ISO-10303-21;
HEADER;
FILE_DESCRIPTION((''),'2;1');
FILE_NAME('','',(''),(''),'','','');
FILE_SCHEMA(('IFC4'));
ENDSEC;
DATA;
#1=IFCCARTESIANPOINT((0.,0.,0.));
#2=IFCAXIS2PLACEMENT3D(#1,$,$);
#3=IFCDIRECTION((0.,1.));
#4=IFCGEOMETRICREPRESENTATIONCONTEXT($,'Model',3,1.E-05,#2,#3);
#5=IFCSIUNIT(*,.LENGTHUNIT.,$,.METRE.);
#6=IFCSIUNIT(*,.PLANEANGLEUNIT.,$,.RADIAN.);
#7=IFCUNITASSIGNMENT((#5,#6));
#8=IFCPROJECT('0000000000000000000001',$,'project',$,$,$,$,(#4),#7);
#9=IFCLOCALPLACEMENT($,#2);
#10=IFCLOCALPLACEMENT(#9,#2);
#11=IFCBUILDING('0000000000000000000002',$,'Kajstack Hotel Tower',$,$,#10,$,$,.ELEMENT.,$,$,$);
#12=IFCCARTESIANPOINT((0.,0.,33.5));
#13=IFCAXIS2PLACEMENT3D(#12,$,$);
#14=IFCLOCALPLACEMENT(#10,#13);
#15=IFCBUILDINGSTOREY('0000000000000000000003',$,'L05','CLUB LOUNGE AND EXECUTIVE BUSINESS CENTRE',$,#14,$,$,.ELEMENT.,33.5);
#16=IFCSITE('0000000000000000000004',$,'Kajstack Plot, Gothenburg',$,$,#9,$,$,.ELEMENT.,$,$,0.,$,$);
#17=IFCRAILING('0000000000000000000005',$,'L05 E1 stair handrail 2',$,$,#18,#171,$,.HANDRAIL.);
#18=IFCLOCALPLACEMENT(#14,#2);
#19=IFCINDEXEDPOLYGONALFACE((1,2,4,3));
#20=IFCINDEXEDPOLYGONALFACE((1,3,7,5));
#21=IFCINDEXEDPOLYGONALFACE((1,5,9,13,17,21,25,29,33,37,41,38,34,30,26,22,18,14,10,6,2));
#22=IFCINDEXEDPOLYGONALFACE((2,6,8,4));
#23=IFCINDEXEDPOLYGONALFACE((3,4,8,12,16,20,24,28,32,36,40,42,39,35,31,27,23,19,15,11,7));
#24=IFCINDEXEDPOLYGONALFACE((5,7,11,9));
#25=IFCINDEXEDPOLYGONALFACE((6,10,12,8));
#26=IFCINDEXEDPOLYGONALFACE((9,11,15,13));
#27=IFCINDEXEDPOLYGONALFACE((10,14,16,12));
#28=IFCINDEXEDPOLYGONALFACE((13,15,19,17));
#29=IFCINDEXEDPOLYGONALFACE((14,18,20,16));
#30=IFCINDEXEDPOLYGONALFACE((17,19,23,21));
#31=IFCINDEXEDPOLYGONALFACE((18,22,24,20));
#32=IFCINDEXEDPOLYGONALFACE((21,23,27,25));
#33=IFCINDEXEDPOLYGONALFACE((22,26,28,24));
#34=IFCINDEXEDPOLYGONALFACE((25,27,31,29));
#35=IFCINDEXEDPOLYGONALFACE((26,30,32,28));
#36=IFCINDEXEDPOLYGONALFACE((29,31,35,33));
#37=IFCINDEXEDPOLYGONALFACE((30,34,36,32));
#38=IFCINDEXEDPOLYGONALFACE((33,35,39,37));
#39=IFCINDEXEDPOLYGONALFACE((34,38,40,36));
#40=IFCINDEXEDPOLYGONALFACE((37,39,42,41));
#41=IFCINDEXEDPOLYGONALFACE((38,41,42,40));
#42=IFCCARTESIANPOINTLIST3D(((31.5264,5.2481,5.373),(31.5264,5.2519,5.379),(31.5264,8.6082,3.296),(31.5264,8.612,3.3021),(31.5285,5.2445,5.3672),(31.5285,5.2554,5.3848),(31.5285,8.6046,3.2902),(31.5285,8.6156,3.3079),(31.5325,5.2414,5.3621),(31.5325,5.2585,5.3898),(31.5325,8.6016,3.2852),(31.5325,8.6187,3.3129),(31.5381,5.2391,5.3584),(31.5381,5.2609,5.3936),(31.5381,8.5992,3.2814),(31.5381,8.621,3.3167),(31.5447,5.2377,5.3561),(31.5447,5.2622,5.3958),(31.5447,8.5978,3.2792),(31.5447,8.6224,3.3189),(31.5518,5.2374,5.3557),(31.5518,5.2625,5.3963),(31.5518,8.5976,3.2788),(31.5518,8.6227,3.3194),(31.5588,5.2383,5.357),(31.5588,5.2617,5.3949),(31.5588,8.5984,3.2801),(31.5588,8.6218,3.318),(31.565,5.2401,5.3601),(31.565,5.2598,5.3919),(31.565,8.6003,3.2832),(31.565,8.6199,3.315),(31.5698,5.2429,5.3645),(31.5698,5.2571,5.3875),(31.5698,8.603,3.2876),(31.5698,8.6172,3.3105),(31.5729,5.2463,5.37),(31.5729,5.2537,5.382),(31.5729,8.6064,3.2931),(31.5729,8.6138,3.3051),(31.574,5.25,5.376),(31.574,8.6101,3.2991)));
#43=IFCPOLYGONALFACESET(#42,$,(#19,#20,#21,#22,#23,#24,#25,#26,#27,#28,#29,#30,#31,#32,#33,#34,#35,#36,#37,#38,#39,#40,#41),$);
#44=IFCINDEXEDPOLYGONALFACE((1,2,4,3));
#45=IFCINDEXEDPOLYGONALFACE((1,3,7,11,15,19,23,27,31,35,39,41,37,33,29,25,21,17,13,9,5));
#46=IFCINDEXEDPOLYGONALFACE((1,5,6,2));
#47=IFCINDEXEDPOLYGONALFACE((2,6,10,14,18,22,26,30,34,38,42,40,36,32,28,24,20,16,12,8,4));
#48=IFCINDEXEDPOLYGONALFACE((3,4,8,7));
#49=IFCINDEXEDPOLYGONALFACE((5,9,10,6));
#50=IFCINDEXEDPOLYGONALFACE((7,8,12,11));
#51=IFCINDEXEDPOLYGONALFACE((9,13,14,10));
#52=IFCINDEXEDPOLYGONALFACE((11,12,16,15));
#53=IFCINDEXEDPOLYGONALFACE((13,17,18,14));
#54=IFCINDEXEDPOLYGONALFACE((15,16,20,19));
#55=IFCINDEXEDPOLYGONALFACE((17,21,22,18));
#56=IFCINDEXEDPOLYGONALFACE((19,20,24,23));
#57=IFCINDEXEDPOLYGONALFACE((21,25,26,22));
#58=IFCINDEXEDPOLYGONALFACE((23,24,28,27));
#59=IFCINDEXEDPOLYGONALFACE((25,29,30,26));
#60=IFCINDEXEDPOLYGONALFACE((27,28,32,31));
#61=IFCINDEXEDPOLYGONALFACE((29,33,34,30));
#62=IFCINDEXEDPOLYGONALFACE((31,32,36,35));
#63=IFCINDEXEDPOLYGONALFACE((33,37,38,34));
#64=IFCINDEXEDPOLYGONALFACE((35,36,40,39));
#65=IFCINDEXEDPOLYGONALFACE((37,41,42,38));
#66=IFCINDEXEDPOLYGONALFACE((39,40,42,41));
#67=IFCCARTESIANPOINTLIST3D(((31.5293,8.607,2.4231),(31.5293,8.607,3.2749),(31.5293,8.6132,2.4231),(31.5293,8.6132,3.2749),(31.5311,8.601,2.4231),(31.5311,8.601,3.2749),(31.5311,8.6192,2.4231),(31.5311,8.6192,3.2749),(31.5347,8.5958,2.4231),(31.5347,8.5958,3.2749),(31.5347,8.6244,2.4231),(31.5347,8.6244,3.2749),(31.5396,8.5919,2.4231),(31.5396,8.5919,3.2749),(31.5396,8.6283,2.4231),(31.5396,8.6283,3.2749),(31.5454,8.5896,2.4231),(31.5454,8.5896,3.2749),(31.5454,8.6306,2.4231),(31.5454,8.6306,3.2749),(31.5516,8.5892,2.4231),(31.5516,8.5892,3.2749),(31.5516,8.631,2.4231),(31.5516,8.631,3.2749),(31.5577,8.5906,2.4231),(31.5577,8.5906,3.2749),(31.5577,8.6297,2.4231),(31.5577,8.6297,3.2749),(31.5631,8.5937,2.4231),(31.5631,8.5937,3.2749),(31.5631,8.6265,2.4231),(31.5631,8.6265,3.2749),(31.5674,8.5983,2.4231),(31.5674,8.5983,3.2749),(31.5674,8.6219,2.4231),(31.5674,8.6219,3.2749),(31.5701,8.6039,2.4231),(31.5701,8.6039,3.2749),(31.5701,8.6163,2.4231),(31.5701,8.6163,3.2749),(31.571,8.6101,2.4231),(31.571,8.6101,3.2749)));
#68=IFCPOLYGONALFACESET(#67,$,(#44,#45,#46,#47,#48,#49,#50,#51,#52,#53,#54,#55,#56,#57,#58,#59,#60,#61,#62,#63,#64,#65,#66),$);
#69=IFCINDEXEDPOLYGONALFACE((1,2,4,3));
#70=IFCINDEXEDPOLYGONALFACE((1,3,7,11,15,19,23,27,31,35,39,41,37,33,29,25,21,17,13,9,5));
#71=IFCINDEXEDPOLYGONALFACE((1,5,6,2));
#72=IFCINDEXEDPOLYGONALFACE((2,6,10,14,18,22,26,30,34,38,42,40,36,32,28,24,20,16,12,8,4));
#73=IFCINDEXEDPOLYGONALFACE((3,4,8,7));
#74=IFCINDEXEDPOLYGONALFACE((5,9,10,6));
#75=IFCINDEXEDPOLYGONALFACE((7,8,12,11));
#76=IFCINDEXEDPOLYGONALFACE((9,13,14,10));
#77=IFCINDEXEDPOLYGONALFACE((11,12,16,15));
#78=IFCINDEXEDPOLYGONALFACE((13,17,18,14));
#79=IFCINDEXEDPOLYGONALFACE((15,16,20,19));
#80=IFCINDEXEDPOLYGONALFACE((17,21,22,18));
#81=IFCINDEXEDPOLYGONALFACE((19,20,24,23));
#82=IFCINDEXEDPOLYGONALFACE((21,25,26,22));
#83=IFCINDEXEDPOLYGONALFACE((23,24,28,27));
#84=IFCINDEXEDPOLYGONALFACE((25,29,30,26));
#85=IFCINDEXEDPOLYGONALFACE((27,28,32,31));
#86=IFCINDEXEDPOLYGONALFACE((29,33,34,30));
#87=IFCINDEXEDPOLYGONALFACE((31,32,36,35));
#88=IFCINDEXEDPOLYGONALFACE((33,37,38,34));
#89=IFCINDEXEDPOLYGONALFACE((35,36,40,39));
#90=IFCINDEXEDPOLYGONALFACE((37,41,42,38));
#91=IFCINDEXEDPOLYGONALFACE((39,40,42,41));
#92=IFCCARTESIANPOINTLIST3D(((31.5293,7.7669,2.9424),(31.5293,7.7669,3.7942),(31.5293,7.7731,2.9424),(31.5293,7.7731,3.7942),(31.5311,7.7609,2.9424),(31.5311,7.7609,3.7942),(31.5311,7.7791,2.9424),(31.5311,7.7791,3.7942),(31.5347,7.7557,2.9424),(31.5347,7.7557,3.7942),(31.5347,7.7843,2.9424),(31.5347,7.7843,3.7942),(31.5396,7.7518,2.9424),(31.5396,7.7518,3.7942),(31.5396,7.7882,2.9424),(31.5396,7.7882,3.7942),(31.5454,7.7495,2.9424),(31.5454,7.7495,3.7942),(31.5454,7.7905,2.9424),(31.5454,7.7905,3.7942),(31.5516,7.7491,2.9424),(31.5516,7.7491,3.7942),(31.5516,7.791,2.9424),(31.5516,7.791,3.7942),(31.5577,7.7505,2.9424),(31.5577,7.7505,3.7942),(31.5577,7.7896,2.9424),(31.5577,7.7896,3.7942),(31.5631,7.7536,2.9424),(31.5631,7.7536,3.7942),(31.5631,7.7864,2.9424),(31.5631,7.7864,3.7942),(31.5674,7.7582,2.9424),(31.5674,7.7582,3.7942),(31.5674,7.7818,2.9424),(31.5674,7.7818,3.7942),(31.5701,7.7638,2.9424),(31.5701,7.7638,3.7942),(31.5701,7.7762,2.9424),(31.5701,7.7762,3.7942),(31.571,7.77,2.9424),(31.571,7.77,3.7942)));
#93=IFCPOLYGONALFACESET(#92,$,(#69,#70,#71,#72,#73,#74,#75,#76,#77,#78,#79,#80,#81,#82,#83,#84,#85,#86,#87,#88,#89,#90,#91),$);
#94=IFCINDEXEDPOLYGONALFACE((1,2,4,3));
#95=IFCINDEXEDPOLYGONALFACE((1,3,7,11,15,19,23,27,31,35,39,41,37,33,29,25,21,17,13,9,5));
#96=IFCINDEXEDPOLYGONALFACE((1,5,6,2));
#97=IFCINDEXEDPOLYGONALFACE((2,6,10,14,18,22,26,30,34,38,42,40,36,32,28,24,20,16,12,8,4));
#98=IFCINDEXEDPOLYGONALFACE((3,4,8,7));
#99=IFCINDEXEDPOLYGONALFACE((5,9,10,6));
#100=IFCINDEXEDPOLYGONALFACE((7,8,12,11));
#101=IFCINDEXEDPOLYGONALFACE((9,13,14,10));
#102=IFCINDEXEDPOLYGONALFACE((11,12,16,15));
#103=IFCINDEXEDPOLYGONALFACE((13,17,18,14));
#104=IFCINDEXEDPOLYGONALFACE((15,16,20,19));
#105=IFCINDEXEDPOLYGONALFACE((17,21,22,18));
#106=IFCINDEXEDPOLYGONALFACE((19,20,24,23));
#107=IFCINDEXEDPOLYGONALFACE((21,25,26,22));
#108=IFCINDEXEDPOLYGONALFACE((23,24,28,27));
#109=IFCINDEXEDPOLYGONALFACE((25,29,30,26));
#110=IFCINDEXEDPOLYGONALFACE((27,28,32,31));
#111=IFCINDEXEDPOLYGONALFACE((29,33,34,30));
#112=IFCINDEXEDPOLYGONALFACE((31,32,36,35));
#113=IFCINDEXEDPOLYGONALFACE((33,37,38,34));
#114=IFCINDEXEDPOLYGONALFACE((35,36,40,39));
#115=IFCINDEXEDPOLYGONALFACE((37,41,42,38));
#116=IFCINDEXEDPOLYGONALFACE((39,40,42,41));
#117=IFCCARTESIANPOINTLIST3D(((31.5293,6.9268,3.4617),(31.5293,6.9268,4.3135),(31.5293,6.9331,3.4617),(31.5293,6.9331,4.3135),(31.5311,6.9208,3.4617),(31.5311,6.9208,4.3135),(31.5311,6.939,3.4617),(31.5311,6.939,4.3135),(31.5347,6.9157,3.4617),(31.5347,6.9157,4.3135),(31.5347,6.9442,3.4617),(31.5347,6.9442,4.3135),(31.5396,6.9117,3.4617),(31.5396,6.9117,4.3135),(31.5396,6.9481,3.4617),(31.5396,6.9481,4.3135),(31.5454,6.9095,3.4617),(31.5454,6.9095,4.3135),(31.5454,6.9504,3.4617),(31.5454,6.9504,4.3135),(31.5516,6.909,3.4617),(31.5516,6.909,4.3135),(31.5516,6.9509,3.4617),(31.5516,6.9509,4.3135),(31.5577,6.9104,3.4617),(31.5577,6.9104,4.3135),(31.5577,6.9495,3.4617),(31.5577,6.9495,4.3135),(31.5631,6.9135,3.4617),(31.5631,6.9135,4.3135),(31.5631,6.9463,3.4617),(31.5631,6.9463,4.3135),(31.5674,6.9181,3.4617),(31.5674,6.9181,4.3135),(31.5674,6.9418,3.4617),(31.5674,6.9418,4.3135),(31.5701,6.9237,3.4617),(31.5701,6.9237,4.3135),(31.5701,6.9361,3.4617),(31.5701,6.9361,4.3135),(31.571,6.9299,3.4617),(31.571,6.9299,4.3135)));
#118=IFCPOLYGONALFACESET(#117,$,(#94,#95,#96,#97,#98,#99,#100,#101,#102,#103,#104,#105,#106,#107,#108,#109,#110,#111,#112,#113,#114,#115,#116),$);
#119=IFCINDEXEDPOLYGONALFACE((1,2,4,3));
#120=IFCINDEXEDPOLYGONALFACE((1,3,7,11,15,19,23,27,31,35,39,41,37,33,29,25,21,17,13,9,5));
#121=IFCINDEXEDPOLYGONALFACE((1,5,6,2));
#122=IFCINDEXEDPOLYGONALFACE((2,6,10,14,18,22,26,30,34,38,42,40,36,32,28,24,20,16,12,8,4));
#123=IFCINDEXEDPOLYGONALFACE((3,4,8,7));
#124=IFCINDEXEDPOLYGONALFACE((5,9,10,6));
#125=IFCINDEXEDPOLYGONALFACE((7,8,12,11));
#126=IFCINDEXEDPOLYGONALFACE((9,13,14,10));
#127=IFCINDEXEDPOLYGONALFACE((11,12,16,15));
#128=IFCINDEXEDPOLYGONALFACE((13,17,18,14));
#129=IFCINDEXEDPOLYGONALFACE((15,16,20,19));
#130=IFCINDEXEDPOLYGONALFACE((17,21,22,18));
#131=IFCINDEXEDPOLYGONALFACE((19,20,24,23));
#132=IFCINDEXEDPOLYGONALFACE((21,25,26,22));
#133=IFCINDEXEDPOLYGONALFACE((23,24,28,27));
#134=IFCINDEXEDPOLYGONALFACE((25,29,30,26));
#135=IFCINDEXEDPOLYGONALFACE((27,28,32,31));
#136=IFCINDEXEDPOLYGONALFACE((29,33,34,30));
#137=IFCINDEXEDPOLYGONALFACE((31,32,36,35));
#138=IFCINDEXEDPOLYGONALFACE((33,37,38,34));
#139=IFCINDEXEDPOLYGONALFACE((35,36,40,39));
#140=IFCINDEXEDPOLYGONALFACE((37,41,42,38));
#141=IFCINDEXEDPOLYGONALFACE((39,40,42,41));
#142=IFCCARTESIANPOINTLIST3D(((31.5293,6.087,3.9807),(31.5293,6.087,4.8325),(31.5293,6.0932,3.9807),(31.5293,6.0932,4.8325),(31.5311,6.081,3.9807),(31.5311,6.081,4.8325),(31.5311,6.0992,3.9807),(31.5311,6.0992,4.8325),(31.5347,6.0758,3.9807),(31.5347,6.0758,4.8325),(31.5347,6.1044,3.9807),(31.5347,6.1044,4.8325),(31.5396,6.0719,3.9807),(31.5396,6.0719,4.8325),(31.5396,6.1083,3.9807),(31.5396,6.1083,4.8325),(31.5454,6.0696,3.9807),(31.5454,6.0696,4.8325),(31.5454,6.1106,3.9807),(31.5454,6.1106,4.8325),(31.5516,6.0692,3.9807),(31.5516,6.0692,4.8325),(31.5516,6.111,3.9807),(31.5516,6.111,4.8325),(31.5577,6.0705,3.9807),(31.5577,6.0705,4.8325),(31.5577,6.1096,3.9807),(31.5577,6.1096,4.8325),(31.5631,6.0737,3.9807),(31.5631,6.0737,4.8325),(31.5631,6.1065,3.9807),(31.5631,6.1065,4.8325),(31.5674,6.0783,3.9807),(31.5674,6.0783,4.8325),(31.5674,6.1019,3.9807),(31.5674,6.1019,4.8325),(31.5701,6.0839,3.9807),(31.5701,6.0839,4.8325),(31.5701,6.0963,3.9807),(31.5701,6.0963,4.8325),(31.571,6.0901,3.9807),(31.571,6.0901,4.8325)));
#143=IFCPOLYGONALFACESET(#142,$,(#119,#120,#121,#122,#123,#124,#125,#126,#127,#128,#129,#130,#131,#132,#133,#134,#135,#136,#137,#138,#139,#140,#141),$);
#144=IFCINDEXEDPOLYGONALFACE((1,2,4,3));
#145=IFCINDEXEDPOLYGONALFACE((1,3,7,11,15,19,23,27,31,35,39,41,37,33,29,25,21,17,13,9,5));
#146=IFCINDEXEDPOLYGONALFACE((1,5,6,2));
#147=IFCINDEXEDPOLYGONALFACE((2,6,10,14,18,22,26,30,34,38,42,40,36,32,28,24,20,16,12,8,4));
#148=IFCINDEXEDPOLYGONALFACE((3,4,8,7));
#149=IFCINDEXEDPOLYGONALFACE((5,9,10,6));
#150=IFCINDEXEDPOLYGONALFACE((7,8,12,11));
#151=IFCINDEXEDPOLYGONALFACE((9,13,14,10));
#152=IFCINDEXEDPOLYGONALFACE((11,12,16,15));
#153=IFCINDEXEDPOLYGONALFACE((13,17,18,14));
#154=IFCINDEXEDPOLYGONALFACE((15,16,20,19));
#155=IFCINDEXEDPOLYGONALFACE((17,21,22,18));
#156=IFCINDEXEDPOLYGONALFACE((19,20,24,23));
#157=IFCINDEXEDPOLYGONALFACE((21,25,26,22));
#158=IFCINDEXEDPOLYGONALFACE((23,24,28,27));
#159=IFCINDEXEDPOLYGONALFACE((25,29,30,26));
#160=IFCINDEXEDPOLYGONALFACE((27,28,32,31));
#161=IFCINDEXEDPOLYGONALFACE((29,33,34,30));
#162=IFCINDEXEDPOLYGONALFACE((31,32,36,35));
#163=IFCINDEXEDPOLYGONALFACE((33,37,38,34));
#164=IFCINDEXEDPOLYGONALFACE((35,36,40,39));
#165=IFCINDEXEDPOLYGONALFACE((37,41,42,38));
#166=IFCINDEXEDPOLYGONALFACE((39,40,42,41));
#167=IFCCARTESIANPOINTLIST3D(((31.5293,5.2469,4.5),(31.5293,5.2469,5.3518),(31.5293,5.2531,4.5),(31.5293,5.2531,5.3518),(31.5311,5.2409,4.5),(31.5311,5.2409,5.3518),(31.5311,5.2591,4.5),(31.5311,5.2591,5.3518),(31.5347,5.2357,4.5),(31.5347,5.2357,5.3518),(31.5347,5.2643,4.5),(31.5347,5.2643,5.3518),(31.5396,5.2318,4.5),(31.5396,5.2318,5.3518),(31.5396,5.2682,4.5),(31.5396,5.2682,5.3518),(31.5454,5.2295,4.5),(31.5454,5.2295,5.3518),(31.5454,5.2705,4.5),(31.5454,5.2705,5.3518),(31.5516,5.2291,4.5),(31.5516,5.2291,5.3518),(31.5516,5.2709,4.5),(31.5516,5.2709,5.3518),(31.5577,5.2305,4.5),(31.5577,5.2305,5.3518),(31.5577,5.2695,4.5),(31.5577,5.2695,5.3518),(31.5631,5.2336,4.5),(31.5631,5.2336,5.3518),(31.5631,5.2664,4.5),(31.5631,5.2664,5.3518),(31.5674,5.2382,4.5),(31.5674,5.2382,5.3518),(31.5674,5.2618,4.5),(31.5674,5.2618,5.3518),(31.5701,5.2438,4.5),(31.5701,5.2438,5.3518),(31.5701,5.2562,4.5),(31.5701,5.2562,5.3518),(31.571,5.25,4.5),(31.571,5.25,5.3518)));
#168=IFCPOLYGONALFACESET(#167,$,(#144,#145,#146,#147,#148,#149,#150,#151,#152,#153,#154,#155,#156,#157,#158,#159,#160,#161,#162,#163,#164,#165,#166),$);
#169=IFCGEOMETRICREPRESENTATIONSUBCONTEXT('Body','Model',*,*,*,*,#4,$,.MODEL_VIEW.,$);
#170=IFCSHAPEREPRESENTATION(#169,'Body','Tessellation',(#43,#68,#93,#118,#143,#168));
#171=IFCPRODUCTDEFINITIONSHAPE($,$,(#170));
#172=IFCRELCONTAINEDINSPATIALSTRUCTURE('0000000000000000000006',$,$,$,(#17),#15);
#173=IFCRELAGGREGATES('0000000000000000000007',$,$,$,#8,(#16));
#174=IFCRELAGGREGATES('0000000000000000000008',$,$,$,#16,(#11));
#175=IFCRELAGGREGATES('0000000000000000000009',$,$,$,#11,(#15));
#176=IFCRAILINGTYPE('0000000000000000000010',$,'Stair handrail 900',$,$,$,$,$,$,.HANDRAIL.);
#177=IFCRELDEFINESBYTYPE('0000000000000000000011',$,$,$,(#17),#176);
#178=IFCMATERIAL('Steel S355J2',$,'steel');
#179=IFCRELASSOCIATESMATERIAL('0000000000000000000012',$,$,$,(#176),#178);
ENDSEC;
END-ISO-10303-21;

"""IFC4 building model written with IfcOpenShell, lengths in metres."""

from ifc_helpers import new_model, si_unit, direction, frame, origin, origin_2d, place, context, subcontext, project, spatial, circle, extrude, material, type_object, element, save


model = new_model("IFC4")

# Units and contexts
model_context = context("Model", 3, precision=1e-05, world=origin(), true_north=direction((0.0, 1.0)))
body_context = subcontext(model_context, "Body", "Model", "MODEL_VIEW")
ifc_project = project(units=[si_unit("LENGTHUNIT", "METRE"), si_unit("PLANEANGLEUNIT", "RADIAN")], contexts=[model_context])

# Site, building, storey
site_placement = place(None, origin())
site = spatial("IfcSite", under=ifc_project, at=site_placement, Name="Kajstack Plot, Gothenburg", CompositionType="ELEMENT", RefElevation=0.0)
building_placement = place(site_placement, origin())
building = spatial("IfcBuilding", under=site, at=building_placement, Name="Kajstack Hotel Tower", CompositionType="ELEMENT")
storey_placement = place(building_placement, frame((0.0, 0.0, 33.5)))
storey = spatial("IfcBuildingStorey", under=building, at=storey_placement, Name="L05", Description="CLUB LOUNGE AND EXECUTIVE BUSINESS CENTRE", CompositionType="ELEMENT", Elevation=33.5)

# Railing
ifc_material_1 = material(Name="Steel S355J2", Category="steel")
railing_type_1 = type_object("IfcRailingType", Name="Stair handrail 900", PredefinedType="HANDRAIL", material=ifc_material_1)
railing_1_placement = place(storey_placement, frame((31.55, 8.6101, 2.4231)))
element("IfcRailing", 1, at=railing_1_placement, inside=storey, type_object=railing_type_1, Name="L05 E1 stair handrail 2", PredefinedType="HANDRAIL", context=body_context, shape_type="SweptSolid", body=[
    extrude(circle(Radius=0.0239, at=origin_2d()), frame((0.0, 0.0, 0.876), z_axis=(0.0, -0.850623, 0.525776), x_axis=(1.0, 0.0, 0.0)), (0.0, 0.0, 1.0), 3.9502),
    extrude(circle(Radius=0.021, at=origin_2d()), origin(), (0.0, 0.0, 1.0), 0.8518),
    extrude(circle(Radius=0.021, at=origin_2d()), frame((0.0, -0.8401, 0.5193)), (0.0, 0.0, 1.0), 0.8518),
    extrude(circle(Radius=0.021, at=origin_2d()), frame((0.0, -1.6802, 1.0386)), (0.0, 0.0, 1.0), 0.8518),
    extrude(circle(Radius=0.021, at=origin_2d()), frame((0.0, -2.52, 1.5576)), (0.0, 0.0, 1.0), 0.8518),
    extrude(circle(Radius=0.021, at=origin_2d()), frame((0.0, -3.3601, 2.0769)), (0.0, 0.0, 1.0), 0.8518),
])

save(model, "model.ifc")
